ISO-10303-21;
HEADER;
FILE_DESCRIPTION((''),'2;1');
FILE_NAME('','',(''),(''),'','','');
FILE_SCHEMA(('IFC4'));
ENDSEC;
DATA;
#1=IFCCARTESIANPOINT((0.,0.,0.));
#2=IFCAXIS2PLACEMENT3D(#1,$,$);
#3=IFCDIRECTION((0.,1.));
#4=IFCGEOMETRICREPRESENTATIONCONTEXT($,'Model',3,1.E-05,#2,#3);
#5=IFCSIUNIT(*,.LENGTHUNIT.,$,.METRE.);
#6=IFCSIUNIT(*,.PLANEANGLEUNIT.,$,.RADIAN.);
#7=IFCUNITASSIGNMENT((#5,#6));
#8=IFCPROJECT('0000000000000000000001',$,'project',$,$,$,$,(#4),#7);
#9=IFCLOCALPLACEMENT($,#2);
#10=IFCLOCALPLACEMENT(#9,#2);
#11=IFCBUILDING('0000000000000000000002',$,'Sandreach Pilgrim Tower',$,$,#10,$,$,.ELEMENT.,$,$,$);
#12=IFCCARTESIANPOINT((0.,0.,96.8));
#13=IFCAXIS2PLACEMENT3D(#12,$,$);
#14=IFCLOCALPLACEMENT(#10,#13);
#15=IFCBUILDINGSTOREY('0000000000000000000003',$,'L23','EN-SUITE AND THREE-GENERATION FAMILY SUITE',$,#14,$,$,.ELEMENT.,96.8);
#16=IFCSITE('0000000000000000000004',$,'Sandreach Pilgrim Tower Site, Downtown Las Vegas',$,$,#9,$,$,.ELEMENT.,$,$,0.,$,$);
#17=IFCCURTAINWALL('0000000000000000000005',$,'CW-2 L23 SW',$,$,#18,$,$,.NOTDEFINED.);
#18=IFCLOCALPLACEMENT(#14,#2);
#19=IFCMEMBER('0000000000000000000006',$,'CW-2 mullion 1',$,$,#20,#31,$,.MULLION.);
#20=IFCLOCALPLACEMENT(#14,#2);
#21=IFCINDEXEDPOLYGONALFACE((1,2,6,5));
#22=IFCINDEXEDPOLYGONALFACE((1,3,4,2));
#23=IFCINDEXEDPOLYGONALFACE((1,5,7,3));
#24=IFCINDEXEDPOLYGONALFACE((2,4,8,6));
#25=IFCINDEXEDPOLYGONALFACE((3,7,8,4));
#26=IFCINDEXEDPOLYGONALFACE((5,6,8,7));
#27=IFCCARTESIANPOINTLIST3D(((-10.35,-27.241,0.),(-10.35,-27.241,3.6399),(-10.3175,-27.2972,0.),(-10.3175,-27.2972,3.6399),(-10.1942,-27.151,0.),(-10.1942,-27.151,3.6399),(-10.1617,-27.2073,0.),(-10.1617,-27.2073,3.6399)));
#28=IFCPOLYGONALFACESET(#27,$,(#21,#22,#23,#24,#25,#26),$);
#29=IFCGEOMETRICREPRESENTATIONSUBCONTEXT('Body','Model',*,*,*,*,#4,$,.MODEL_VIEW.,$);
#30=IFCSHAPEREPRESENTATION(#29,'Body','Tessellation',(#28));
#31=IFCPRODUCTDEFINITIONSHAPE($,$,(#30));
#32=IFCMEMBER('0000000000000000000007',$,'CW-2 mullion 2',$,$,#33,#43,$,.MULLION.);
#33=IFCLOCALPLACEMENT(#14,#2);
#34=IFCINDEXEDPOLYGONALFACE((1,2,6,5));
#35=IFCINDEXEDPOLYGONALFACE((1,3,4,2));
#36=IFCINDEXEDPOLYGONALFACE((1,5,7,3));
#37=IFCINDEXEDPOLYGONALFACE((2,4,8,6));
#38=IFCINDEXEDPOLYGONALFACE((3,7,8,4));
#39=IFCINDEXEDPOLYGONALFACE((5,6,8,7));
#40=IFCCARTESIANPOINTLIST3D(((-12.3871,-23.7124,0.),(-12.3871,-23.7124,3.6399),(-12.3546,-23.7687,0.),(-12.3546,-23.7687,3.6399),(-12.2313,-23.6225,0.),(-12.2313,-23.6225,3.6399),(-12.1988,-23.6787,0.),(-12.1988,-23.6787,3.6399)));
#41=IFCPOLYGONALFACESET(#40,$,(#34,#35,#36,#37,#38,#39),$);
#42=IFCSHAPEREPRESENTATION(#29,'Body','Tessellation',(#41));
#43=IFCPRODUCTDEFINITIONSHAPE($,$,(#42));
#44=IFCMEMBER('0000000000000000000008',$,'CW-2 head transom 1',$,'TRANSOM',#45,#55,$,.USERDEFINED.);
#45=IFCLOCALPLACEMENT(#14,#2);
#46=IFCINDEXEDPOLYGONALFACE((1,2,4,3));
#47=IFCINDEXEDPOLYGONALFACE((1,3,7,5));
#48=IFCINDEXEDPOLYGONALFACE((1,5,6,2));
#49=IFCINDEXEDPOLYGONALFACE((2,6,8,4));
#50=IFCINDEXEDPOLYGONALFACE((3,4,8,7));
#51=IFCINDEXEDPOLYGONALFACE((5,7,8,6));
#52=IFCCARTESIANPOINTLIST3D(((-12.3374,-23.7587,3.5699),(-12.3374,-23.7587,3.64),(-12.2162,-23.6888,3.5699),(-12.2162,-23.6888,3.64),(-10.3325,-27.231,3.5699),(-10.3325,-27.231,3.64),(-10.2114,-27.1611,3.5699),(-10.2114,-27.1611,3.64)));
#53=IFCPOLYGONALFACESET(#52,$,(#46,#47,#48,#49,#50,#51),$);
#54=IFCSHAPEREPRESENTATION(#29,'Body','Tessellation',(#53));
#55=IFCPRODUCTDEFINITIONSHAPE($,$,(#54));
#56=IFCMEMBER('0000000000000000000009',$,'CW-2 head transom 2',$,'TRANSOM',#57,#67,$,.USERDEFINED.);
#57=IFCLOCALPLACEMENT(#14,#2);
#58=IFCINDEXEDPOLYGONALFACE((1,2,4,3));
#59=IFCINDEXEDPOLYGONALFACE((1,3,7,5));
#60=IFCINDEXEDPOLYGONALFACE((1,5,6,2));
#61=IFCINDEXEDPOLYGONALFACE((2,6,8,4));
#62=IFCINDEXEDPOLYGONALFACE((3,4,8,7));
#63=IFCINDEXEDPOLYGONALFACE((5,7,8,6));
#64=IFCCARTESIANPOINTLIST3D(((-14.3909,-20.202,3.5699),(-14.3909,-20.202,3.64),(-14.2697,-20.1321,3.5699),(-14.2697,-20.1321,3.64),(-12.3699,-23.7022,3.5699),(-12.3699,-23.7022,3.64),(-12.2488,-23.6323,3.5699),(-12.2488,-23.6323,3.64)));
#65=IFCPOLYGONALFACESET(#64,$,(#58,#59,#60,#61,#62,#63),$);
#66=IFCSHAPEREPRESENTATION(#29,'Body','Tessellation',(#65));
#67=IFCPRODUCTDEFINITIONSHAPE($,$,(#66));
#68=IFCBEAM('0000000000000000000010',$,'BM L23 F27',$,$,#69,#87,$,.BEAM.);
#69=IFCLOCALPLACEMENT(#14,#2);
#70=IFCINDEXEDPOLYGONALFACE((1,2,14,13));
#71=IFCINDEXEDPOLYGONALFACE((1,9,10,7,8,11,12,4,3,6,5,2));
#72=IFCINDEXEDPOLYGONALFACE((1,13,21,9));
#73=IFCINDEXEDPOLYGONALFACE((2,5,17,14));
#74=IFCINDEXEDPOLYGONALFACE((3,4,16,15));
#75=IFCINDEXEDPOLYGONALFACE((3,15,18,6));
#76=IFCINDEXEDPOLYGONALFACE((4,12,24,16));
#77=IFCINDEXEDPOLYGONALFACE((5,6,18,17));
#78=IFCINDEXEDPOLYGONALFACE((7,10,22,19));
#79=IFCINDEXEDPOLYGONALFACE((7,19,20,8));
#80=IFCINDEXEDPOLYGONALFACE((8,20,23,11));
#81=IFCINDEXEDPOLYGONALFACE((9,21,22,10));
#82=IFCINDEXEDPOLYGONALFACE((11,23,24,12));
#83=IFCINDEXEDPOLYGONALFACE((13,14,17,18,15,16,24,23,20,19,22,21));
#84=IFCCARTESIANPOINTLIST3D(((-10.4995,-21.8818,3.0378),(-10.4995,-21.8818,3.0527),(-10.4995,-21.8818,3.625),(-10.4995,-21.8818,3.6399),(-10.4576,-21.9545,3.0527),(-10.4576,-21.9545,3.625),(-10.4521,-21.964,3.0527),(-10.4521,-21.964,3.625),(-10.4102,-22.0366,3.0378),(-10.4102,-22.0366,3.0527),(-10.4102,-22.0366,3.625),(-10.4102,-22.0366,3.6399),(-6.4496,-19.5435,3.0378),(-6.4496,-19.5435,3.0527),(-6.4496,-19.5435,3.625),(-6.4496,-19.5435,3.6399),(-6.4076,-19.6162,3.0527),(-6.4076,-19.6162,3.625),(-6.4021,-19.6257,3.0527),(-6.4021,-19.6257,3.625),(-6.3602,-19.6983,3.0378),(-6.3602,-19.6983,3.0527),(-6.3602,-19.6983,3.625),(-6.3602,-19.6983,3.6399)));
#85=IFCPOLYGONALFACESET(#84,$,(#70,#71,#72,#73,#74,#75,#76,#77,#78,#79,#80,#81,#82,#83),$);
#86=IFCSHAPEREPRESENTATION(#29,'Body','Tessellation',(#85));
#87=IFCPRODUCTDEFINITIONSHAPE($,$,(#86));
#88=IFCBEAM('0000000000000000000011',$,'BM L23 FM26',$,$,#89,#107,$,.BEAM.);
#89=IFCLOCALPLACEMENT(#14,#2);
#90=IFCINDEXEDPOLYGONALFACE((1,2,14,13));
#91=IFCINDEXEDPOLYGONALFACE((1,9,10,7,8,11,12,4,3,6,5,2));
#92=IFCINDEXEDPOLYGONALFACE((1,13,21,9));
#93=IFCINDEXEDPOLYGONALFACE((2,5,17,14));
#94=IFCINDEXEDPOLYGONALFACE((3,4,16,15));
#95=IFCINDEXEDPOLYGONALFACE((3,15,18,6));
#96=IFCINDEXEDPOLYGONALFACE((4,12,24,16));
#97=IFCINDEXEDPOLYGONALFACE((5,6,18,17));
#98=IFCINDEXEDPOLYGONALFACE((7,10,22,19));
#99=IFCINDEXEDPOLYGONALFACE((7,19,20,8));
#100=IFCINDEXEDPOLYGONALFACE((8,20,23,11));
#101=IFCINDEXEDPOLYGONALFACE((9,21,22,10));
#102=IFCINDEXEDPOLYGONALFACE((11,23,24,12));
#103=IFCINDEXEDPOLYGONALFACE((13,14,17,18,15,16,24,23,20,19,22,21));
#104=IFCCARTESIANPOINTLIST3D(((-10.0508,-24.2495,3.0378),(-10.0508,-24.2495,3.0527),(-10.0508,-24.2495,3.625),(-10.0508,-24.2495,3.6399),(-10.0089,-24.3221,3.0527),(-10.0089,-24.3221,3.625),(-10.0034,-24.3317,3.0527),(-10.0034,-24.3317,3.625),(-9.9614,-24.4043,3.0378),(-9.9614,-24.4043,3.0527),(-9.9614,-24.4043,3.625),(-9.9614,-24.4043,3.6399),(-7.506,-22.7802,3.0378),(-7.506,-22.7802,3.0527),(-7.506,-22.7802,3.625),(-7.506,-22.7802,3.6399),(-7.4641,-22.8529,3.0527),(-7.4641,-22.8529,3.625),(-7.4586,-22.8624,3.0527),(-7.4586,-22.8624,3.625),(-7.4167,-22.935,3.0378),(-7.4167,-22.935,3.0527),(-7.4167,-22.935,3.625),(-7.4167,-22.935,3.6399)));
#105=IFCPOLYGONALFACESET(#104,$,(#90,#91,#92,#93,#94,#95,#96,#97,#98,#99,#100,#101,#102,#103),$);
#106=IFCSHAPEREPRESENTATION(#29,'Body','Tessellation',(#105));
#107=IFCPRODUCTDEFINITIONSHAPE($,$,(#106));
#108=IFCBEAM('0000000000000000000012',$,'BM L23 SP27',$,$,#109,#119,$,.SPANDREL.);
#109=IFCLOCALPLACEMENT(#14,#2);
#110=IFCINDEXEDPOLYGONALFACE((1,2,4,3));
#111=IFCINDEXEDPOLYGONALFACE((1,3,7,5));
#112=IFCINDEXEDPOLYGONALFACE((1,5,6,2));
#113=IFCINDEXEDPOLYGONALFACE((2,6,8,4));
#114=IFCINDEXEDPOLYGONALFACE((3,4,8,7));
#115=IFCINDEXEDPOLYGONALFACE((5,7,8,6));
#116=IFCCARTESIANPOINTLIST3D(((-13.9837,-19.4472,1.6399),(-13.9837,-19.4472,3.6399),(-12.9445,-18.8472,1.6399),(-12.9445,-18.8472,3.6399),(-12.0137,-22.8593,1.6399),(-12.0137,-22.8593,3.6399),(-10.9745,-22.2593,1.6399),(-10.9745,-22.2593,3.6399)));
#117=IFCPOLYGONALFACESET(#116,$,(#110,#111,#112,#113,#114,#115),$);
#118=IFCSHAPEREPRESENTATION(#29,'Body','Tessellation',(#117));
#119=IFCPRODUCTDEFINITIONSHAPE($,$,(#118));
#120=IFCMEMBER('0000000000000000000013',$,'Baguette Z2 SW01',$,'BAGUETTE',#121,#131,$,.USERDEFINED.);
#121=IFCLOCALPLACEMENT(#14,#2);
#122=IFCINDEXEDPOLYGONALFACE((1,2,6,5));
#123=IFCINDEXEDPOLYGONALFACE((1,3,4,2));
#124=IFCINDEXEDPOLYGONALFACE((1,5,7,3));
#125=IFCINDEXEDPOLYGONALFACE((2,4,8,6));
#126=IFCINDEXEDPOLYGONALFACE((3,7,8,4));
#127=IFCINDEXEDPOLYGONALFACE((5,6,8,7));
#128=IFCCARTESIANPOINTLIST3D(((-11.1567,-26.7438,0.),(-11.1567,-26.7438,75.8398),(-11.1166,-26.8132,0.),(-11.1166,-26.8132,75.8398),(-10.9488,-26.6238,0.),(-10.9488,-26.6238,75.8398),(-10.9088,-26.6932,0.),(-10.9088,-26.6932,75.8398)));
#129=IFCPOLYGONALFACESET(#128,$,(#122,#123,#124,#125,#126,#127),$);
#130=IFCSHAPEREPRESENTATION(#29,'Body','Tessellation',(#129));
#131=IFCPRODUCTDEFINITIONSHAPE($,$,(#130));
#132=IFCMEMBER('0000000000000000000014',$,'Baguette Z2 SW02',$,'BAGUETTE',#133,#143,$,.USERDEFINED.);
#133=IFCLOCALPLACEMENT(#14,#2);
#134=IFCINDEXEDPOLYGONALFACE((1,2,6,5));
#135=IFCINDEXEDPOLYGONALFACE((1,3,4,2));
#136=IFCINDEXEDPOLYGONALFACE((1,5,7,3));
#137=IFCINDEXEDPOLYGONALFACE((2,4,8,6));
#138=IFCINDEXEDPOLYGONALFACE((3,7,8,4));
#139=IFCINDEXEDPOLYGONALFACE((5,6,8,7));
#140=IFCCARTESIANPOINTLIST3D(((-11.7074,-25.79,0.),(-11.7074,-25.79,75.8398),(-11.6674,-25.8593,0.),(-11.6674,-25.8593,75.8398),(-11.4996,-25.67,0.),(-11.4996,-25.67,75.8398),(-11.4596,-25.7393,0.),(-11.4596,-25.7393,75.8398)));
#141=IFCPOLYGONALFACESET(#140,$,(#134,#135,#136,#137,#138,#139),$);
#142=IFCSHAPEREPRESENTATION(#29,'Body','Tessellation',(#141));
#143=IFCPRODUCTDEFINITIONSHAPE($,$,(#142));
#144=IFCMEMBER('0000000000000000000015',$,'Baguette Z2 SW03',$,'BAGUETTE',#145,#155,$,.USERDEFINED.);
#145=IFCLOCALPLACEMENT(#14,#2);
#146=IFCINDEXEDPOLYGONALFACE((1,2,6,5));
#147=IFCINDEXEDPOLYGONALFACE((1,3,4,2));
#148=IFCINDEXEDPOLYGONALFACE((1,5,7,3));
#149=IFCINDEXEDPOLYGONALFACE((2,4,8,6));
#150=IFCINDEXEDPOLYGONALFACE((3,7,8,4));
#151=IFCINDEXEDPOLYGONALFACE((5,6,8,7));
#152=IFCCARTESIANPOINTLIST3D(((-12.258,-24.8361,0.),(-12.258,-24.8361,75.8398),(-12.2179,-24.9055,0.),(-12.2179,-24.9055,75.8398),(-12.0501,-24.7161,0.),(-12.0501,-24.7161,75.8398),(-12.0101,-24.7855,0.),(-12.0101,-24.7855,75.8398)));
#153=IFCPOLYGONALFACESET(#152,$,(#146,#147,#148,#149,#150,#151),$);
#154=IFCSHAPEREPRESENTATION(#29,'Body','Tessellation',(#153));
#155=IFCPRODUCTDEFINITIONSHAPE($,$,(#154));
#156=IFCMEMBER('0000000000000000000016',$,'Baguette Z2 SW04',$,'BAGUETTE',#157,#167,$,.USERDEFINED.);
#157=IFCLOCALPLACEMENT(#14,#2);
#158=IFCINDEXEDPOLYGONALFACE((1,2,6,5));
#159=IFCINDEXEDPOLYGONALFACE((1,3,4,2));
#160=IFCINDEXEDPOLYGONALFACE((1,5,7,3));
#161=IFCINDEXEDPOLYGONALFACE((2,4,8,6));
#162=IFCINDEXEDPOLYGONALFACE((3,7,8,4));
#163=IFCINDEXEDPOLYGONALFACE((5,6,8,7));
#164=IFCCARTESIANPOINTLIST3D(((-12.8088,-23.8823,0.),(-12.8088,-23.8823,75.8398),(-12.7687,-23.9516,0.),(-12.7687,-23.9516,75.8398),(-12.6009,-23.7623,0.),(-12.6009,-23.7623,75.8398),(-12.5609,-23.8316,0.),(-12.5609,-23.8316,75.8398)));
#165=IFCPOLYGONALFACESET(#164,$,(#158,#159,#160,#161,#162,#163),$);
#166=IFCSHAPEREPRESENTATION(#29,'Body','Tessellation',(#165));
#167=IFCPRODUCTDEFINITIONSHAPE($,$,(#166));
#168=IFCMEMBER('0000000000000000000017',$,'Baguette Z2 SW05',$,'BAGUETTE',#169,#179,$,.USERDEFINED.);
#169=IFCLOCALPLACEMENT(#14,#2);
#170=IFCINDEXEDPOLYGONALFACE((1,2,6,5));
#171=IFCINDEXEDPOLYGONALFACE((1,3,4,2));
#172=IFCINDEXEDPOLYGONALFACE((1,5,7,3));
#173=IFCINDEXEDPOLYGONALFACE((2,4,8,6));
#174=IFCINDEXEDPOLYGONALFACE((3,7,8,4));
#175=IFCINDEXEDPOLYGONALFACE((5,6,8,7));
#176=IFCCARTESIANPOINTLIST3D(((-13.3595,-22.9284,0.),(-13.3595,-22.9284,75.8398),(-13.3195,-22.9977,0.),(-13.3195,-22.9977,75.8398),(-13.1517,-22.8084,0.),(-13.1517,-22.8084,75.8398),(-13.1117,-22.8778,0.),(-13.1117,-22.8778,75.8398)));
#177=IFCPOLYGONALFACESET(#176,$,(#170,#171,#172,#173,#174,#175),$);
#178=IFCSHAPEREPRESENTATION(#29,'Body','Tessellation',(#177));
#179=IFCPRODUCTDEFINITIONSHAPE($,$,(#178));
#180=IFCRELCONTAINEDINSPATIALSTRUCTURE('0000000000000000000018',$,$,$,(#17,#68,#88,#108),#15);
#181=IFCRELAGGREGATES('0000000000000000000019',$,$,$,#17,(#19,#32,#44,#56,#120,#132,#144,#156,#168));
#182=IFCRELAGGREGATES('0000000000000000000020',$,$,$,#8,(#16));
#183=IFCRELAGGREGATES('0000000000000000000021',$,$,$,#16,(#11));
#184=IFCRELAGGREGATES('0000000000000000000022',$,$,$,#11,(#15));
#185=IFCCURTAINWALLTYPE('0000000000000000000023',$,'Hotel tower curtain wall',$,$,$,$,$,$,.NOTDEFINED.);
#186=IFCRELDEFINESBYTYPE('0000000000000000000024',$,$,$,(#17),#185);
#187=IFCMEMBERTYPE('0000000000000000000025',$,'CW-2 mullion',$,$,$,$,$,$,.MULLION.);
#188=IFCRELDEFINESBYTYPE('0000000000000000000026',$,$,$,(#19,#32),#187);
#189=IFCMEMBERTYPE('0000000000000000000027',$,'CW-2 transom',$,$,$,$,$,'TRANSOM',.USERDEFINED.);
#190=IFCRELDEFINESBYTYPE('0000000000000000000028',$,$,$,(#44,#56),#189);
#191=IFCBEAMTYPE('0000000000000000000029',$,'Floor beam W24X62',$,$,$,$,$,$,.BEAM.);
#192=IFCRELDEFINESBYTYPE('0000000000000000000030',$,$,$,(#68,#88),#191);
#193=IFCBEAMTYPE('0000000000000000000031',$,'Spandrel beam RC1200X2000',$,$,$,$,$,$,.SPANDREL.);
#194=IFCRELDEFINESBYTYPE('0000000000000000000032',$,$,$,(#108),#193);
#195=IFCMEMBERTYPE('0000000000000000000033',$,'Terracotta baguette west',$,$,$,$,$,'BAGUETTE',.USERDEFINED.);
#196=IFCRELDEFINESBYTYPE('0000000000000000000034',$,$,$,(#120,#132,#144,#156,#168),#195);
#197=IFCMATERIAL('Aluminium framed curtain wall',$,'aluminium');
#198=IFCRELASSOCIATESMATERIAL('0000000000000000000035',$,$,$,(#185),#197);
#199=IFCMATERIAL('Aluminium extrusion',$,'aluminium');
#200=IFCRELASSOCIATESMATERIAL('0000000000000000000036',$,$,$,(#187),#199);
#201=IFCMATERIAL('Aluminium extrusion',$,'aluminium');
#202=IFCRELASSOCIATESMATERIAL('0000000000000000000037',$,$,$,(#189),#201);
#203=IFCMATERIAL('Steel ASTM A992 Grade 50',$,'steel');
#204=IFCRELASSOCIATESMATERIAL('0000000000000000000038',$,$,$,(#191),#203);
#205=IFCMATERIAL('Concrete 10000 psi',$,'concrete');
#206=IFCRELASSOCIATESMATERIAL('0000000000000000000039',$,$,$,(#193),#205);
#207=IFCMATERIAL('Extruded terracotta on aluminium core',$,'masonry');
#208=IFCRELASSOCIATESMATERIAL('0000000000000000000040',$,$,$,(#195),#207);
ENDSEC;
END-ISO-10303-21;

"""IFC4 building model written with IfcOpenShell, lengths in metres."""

from ifc_helpers import new_model, si_unit, direction, frame, origin, origin_2d, place, context, subcontext, project, spatial, rectangle, i_section, extrude, material, material_profile, profile_set, type_object, element, aggregate, save


model = new_model("IFC4")

# Units and contexts
model_context = context("Model", 3, precision=1e-05, world=origin(), true_north=direction((0.0, 1.0)))
body_context = subcontext(model_context, "Body", "Model", "MODEL_VIEW")
ifc_project = project(units=[si_unit("LENGTHUNIT", "METRE"), si_unit("PLANEANGLEUNIT", "RADIAN")], contexts=[model_context])

# Site, building, storey
site_placement = place(None, origin())
site = spatial("IfcSite", under=ifc_project, at=site_placement, Name="Sandreach Pilgrim Tower Site, Downtown Las Vegas", CompositionType="ELEMENT", RefElevation=0.0)
building_placement = place(site_placement, origin())
building = spatial("IfcBuilding", under=site, at=building_placement, Name="Sandreach Pilgrim Tower", CompositionType="ELEMENT")
storey_placement = place(building_placement, frame((0.0, 0.0, 96.8)))
storey = spatial("IfcBuildingStorey", under=building, at=storey_placement, Name="L23", Description="EN-SUITE AND THREE-GENERATION FAMILY SUITE", CompositionType="ELEMENT", Elevation=96.8)

# Curtain wall, members
ifc_material_1 = material(Name="Aluminium framed curtain wall", Category="aluminium")
curtain_wall_type = type_object("IfcCurtainWallType", Name="Hotel tower curtain wall", PredefinedType="NOTDEFINED", material=ifc_material_1)
curtain_wall_placement = place(storey_placement, origin())
curtain_wall = element("IfcCurtainWall", 1, at=curtain_wall_placement, inside=storey, type_object=curtain_wall_type, Name="CW-2 L23 SW", PredefinedType="NOTDEFINED")
ifc_material_2 = material(Name="Aluminium extrusion", Category="aluminium")
ifc_material_profile_1 = material_profile(ifc_material_2, rectangle(XDim=0.0649, YDim=0.1799, at=origin_2d()), Name="CW-2M 65X180")
ifc_profile_set_1 = profile_set([ifc_material_profile_1], Name="Aluminium extrusion")
member_type_1 = type_object("IfcMemberType", Name="CW-2 mullion", PredefinedType="MULLION", material=ifc_profile_set_1)
member_1_placement = place(storey_placement, frame((-10.2559, -27.2241, 0.0), z_axis=(0.0, 0.0, 1.0), x_axis=(-0.5, 0.866025, 0.0)))
member_1 = element("IfcMember", 2, at=member_1_placement, type_object=member_type_1, Name="CW-2 mullion 1", PredefinedType="MULLION", context=body_context, shape_type="SweptSolid", body=[
    extrude(rectangle(XDim=0.0649, YDim=0.1799, at=origin_2d()), origin(), (0.0, 0.0, 1.0), 3.6399),
])
member_2_placement = place(storey_placement, frame((-12.293, -23.6956, 0.0), z_axis=(0.0, 0.0, 1.0), x_axis=(-0.5, 0.866025, 0.0)))
member_2 = element("IfcMember", 3, at=member_2_placement, type_object=member_type_1, Name="CW-2 mullion 2", PredefinedType="MULLION", context=body_context, shape_type="SweptSolid", body=[
    extrude(rectangle(XDim=0.0649, YDim=0.1799, at=origin_2d()), origin(), (0.0, 0.0, 1.0), 3.6399),
])
ifc_material_3 = material(Name="Aluminium extrusion", Category="aluminium")
ifc_material_profile_2 = material_profile(ifc_material_3, rectangle(XDim=0.1399, YDim=0.0701, at=origin_2d()), Name="CW-2T 140X70")
ifc_profile_set_2 = profile_set([ifc_material_profile_2], Name="Aluminium extrusion")
member_type_2 = type_object("IfcMemberType", Name="CW-2 transom", ElementType="TRANSOM", PredefinedType="USERDEFINED", material=ifc_profile_set_2)
member_3_placement = place(storey_placement, frame((-10.272, -27.196, 3.605), z_axis=(-0.500016, 0.866016, 0.0), x_axis=(-0.866016, -0.500016, 0.0)))
member_3 = element("IfcMember", 4, at=member_3_placement, type_object=member_type_2, Name="CW-2 head transom 1", ObjectType="TRANSOM", PredefinedType="USERDEFINED", context=body_context, shape_type="SweptSolid", body=[
    extrude(rectangle(XDim=0.1399, YDim=0.0701, at=origin_2d()), origin(), (0.0, 0.0, 1.0), 4.0095),
])
member_4_placement = place(storey_placement, frame((-12.3093, -23.6672, 3.605), z_axis=(-0.500024, 0.866012, 0.0), x_axis=(-0.866012, -0.500024, 0.0)))
member_4 = element("IfcMember", 5, at=member_4_placement, type_object=member_type_2, Name="CW-2 head transom 2", ObjectType="TRANSOM", PredefinedType="USERDEFINED", context=body_context, shape_type="SweptSolid", body=[
    extrude(rectangle(XDim=0.1399, YDim=0.0701, at=origin_2d()), origin(), (0.0, 0.0, 1.0), 4.0417),
])

# Beams
ifc_material_4 = material(Name="Steel ASTM A992 Grade 50", Category="steel")
ifc_material_profile_3 = material_profile(ifc_material_4, i_section(OverallWidth=0.1787, OverallDepth=0.6021, WebThickness=0.011, FlangeThickness=0.0149, at=origin_2d()), Name="W24X62")
ifc_profile_set_3 = profile_set([ifc_material_profile_3], Name="Steel ASTM A992 Grade 50")
beam_type_1 = type_object("IfcBeamType", Name="Floor beam W24X62", PredefinedType="BEAM", material=ifc_profile_set_3)
beam_1_placement = place(storey_placement, frame((-10.4548, -21.9592, 3.3389), z_axis=(0.866018, 0.500013, 0.0), x_axis=(-0.500013, 0.866018, 0.0)))
element("IfcBeam", 6, at=beam_1_placement, inside=storey, type_object=beam_type_1, Name="BM L23 F27", PredefinedType="BEAM", context=body_context, shape_type="SweptSolid", body=[
    extrude(i_section(OverallWidth=0.1787, OverallDepth=0.6021, WebThickness=0.011, FlangeThickness=0.0149, at=origin_2d()), origin(), (0.0, 0.0, 1.0), 4.6765),
])
beam_2_placement = place(storey_placement, frame((-10.0061, -24.3269, 3.3389), z_axis=(0.866015, 0.500017, 0.0), x_axis=(-0.500017, 0.866015, 0.0)))
element("IfcBeam", 7, at=beam_2_placement, inside=storey, type_object=beam_type_1, Name="BM L23 FM26", PredefinedType="BEAM", context=body_context, shape_type="SweptSolid", body=[
    extrude(i_section(OverallWidth=0.1787, OverallDepth=0.6021, WebThickness=0.011, FlangeThickness=0.0149, at=origin_2d()), origin(), (0.0, 0.0, 1.0), 2.9385),
])
ifc_material_5 = material(Name="Concrete 10000 psi", Category="concrete")
ifc_material_profile_4 = material_profile(ifc_material_5, rectangle(XDim=1.2, YDim=2.0, at=origin_2d()), Name="RC1200X2000")
ifc_profile_set_4 = profile_set([ifc_material_profile_4], Name="Concrete 10000 psi")
beam_type_2 = type_object("IfcBeamType", Name="Spandrel beam RC1200X2000", PredefinedType="SPANDREL", material=ifc_profile_set_4)
beam_3_placement = place(storey_placement, frame((-11.4941, -22.5593, 2.6399), z_axis=(-0.499998, 0.866027, 0.0), x_axis=(-0.866027, -0.499998, 0.0)))
element("IfcBeam", 8, at=beam_3_placement, inside=storey, type_object=beam_type_2, Name="BM L23 SP27", PredefinedType="SPANDREL", context=body_context, shape_type="SweptSolid", body=[
    extrude(rectangle(XDim=1.2, YDim=2.0, at=origin_2d()), origin(), (0.0, 0.0, 1.0), 3.9399),
])

# Members
ifc_material_6 = material(Name="Extruded terracotta on aluminium core", Category="masonry")
ifc_material_profile_5 = material_profile(ifc_material_6, rectangle(XDim=0.0801, YDim=0.24, at=origin_2d()), Name="TBW 80X240")
ifc_profile_set_5 = profile_set([ifc_material_profile_5], Name="Extruded terracotta on aluminium core")
member_type_3 = type_object("IfcMemberType", Name="Terracotta baguette west", ElementType="BAGUETTE", PredefinedType="USERDEFINED", material=ifc_profile_set_5)
member_5_placement = place(storey_placement, frame((-11.0327, -26.7185, 0.0), z_axis=(0.0, 0.0, 1.0), x_axis=(-0.5, 0.866025, 0.0)))
member_5 = element("IfcMember", 9, at=member_5_placement, type_object=member_type_3, Name="Baguette Z2 SW01", ObjectType="BAGUETTE", PredefinedType="USERDEFINED", context=body_context, shape_type="SweptSolid", body=[
    extrude(rectangle(XDim=0.0801, YDim=0.24, at=origin_2d()), origin(), (0.0, 0.0, 1.0), 75.8398),
])
member_6_placement = place(storey_placement, frame((-11.5835, -25.7646, 0.0), z_axis=(0.0, 0.0, 1.0), x_axis=(-0.5, 0.866025, 0.0)))
member_6 = element("IfcMember", 10, at=member_6_placement, type_object=member_type_3, Name="Baguette Z2 SW02", ObjectType="BAGUETTE", PredefinedType="USERDEFINED", context=body_context, shape_type="SweptSolid", body=[
    extrude(rectangle(XDim=0.0801, YDim=0.24, at=origin_2d()), origin(), (0.0, 0.0, 1.0), 75.8398),
])
member_7_placement = place(storey_placement, frame((-12.134, -24.8108, 0.0), z_axis=(0.0, 0.0, 1.0), x_axis=(-0.5, 0.866025, 0.0)))
member_7 = element("IfcMember", 11, at=member_7_placement, type_object=member_type_3, Name="Baguette Z2 SW03", ObjectType="BAGUETTE", PredefinedType="USERDEFINED", context=body_context, shape_type="SweptSolid", body=[
    extrude(rectangle(XDim=0.0801, YDim=0.24, at=origin_2d()), origin(), (0.0, 0.0, 1.0), 75.8398),
])
member_8_placement = place(storey_placement, frame((-12.6848, -23.8569, 0.0), z_axis=(0.0, 0.0, 1.0), x_axis=(-0.5, 0.866025, 0.0)))
member_8 = element("IfcMember", 12, at=member_8_placement, type_object=member_type_3, Name="Baguette Z2 SW04", ObjectType="BAGUETTE", PredefinedType="USERDEFINED", context=body_context, shape_type="SweptSolid", body=[
    extrude(rectangle(XDim=0.0801, YDim=0.24, at=origin_2d()), origin(), (0.0, 0.0, 1.0), 75.8398),
])
member_9_placement = place(storey_placement, frame((-13.2356, -22.9031, 0.0), z_axis=(0.0, 0.0, 1.0), x_axis=(-0.5, 0.866025, 0.0)))
member_9 = element("IfcMember", 13, at=member_9_placement, type_object=member_type_3, Name="Baguette Z2 SW05", ObjectType="BAGUETTE", PredefinedType="USERDEFINED", context=body_context, shape_type="SweptSolid", body=[
    extrude(rectangle(XDim=0.0801, YDim=0.24, at=origin_2d()), origin(), (0.0, 0.0, 1.0), 75.8398),
])

aggregate(curtain_wall, [member_1, member_2, member_3, member_4, member_5, member_6, member_7, member_8, member_9])

save(model, "model.ifc")
